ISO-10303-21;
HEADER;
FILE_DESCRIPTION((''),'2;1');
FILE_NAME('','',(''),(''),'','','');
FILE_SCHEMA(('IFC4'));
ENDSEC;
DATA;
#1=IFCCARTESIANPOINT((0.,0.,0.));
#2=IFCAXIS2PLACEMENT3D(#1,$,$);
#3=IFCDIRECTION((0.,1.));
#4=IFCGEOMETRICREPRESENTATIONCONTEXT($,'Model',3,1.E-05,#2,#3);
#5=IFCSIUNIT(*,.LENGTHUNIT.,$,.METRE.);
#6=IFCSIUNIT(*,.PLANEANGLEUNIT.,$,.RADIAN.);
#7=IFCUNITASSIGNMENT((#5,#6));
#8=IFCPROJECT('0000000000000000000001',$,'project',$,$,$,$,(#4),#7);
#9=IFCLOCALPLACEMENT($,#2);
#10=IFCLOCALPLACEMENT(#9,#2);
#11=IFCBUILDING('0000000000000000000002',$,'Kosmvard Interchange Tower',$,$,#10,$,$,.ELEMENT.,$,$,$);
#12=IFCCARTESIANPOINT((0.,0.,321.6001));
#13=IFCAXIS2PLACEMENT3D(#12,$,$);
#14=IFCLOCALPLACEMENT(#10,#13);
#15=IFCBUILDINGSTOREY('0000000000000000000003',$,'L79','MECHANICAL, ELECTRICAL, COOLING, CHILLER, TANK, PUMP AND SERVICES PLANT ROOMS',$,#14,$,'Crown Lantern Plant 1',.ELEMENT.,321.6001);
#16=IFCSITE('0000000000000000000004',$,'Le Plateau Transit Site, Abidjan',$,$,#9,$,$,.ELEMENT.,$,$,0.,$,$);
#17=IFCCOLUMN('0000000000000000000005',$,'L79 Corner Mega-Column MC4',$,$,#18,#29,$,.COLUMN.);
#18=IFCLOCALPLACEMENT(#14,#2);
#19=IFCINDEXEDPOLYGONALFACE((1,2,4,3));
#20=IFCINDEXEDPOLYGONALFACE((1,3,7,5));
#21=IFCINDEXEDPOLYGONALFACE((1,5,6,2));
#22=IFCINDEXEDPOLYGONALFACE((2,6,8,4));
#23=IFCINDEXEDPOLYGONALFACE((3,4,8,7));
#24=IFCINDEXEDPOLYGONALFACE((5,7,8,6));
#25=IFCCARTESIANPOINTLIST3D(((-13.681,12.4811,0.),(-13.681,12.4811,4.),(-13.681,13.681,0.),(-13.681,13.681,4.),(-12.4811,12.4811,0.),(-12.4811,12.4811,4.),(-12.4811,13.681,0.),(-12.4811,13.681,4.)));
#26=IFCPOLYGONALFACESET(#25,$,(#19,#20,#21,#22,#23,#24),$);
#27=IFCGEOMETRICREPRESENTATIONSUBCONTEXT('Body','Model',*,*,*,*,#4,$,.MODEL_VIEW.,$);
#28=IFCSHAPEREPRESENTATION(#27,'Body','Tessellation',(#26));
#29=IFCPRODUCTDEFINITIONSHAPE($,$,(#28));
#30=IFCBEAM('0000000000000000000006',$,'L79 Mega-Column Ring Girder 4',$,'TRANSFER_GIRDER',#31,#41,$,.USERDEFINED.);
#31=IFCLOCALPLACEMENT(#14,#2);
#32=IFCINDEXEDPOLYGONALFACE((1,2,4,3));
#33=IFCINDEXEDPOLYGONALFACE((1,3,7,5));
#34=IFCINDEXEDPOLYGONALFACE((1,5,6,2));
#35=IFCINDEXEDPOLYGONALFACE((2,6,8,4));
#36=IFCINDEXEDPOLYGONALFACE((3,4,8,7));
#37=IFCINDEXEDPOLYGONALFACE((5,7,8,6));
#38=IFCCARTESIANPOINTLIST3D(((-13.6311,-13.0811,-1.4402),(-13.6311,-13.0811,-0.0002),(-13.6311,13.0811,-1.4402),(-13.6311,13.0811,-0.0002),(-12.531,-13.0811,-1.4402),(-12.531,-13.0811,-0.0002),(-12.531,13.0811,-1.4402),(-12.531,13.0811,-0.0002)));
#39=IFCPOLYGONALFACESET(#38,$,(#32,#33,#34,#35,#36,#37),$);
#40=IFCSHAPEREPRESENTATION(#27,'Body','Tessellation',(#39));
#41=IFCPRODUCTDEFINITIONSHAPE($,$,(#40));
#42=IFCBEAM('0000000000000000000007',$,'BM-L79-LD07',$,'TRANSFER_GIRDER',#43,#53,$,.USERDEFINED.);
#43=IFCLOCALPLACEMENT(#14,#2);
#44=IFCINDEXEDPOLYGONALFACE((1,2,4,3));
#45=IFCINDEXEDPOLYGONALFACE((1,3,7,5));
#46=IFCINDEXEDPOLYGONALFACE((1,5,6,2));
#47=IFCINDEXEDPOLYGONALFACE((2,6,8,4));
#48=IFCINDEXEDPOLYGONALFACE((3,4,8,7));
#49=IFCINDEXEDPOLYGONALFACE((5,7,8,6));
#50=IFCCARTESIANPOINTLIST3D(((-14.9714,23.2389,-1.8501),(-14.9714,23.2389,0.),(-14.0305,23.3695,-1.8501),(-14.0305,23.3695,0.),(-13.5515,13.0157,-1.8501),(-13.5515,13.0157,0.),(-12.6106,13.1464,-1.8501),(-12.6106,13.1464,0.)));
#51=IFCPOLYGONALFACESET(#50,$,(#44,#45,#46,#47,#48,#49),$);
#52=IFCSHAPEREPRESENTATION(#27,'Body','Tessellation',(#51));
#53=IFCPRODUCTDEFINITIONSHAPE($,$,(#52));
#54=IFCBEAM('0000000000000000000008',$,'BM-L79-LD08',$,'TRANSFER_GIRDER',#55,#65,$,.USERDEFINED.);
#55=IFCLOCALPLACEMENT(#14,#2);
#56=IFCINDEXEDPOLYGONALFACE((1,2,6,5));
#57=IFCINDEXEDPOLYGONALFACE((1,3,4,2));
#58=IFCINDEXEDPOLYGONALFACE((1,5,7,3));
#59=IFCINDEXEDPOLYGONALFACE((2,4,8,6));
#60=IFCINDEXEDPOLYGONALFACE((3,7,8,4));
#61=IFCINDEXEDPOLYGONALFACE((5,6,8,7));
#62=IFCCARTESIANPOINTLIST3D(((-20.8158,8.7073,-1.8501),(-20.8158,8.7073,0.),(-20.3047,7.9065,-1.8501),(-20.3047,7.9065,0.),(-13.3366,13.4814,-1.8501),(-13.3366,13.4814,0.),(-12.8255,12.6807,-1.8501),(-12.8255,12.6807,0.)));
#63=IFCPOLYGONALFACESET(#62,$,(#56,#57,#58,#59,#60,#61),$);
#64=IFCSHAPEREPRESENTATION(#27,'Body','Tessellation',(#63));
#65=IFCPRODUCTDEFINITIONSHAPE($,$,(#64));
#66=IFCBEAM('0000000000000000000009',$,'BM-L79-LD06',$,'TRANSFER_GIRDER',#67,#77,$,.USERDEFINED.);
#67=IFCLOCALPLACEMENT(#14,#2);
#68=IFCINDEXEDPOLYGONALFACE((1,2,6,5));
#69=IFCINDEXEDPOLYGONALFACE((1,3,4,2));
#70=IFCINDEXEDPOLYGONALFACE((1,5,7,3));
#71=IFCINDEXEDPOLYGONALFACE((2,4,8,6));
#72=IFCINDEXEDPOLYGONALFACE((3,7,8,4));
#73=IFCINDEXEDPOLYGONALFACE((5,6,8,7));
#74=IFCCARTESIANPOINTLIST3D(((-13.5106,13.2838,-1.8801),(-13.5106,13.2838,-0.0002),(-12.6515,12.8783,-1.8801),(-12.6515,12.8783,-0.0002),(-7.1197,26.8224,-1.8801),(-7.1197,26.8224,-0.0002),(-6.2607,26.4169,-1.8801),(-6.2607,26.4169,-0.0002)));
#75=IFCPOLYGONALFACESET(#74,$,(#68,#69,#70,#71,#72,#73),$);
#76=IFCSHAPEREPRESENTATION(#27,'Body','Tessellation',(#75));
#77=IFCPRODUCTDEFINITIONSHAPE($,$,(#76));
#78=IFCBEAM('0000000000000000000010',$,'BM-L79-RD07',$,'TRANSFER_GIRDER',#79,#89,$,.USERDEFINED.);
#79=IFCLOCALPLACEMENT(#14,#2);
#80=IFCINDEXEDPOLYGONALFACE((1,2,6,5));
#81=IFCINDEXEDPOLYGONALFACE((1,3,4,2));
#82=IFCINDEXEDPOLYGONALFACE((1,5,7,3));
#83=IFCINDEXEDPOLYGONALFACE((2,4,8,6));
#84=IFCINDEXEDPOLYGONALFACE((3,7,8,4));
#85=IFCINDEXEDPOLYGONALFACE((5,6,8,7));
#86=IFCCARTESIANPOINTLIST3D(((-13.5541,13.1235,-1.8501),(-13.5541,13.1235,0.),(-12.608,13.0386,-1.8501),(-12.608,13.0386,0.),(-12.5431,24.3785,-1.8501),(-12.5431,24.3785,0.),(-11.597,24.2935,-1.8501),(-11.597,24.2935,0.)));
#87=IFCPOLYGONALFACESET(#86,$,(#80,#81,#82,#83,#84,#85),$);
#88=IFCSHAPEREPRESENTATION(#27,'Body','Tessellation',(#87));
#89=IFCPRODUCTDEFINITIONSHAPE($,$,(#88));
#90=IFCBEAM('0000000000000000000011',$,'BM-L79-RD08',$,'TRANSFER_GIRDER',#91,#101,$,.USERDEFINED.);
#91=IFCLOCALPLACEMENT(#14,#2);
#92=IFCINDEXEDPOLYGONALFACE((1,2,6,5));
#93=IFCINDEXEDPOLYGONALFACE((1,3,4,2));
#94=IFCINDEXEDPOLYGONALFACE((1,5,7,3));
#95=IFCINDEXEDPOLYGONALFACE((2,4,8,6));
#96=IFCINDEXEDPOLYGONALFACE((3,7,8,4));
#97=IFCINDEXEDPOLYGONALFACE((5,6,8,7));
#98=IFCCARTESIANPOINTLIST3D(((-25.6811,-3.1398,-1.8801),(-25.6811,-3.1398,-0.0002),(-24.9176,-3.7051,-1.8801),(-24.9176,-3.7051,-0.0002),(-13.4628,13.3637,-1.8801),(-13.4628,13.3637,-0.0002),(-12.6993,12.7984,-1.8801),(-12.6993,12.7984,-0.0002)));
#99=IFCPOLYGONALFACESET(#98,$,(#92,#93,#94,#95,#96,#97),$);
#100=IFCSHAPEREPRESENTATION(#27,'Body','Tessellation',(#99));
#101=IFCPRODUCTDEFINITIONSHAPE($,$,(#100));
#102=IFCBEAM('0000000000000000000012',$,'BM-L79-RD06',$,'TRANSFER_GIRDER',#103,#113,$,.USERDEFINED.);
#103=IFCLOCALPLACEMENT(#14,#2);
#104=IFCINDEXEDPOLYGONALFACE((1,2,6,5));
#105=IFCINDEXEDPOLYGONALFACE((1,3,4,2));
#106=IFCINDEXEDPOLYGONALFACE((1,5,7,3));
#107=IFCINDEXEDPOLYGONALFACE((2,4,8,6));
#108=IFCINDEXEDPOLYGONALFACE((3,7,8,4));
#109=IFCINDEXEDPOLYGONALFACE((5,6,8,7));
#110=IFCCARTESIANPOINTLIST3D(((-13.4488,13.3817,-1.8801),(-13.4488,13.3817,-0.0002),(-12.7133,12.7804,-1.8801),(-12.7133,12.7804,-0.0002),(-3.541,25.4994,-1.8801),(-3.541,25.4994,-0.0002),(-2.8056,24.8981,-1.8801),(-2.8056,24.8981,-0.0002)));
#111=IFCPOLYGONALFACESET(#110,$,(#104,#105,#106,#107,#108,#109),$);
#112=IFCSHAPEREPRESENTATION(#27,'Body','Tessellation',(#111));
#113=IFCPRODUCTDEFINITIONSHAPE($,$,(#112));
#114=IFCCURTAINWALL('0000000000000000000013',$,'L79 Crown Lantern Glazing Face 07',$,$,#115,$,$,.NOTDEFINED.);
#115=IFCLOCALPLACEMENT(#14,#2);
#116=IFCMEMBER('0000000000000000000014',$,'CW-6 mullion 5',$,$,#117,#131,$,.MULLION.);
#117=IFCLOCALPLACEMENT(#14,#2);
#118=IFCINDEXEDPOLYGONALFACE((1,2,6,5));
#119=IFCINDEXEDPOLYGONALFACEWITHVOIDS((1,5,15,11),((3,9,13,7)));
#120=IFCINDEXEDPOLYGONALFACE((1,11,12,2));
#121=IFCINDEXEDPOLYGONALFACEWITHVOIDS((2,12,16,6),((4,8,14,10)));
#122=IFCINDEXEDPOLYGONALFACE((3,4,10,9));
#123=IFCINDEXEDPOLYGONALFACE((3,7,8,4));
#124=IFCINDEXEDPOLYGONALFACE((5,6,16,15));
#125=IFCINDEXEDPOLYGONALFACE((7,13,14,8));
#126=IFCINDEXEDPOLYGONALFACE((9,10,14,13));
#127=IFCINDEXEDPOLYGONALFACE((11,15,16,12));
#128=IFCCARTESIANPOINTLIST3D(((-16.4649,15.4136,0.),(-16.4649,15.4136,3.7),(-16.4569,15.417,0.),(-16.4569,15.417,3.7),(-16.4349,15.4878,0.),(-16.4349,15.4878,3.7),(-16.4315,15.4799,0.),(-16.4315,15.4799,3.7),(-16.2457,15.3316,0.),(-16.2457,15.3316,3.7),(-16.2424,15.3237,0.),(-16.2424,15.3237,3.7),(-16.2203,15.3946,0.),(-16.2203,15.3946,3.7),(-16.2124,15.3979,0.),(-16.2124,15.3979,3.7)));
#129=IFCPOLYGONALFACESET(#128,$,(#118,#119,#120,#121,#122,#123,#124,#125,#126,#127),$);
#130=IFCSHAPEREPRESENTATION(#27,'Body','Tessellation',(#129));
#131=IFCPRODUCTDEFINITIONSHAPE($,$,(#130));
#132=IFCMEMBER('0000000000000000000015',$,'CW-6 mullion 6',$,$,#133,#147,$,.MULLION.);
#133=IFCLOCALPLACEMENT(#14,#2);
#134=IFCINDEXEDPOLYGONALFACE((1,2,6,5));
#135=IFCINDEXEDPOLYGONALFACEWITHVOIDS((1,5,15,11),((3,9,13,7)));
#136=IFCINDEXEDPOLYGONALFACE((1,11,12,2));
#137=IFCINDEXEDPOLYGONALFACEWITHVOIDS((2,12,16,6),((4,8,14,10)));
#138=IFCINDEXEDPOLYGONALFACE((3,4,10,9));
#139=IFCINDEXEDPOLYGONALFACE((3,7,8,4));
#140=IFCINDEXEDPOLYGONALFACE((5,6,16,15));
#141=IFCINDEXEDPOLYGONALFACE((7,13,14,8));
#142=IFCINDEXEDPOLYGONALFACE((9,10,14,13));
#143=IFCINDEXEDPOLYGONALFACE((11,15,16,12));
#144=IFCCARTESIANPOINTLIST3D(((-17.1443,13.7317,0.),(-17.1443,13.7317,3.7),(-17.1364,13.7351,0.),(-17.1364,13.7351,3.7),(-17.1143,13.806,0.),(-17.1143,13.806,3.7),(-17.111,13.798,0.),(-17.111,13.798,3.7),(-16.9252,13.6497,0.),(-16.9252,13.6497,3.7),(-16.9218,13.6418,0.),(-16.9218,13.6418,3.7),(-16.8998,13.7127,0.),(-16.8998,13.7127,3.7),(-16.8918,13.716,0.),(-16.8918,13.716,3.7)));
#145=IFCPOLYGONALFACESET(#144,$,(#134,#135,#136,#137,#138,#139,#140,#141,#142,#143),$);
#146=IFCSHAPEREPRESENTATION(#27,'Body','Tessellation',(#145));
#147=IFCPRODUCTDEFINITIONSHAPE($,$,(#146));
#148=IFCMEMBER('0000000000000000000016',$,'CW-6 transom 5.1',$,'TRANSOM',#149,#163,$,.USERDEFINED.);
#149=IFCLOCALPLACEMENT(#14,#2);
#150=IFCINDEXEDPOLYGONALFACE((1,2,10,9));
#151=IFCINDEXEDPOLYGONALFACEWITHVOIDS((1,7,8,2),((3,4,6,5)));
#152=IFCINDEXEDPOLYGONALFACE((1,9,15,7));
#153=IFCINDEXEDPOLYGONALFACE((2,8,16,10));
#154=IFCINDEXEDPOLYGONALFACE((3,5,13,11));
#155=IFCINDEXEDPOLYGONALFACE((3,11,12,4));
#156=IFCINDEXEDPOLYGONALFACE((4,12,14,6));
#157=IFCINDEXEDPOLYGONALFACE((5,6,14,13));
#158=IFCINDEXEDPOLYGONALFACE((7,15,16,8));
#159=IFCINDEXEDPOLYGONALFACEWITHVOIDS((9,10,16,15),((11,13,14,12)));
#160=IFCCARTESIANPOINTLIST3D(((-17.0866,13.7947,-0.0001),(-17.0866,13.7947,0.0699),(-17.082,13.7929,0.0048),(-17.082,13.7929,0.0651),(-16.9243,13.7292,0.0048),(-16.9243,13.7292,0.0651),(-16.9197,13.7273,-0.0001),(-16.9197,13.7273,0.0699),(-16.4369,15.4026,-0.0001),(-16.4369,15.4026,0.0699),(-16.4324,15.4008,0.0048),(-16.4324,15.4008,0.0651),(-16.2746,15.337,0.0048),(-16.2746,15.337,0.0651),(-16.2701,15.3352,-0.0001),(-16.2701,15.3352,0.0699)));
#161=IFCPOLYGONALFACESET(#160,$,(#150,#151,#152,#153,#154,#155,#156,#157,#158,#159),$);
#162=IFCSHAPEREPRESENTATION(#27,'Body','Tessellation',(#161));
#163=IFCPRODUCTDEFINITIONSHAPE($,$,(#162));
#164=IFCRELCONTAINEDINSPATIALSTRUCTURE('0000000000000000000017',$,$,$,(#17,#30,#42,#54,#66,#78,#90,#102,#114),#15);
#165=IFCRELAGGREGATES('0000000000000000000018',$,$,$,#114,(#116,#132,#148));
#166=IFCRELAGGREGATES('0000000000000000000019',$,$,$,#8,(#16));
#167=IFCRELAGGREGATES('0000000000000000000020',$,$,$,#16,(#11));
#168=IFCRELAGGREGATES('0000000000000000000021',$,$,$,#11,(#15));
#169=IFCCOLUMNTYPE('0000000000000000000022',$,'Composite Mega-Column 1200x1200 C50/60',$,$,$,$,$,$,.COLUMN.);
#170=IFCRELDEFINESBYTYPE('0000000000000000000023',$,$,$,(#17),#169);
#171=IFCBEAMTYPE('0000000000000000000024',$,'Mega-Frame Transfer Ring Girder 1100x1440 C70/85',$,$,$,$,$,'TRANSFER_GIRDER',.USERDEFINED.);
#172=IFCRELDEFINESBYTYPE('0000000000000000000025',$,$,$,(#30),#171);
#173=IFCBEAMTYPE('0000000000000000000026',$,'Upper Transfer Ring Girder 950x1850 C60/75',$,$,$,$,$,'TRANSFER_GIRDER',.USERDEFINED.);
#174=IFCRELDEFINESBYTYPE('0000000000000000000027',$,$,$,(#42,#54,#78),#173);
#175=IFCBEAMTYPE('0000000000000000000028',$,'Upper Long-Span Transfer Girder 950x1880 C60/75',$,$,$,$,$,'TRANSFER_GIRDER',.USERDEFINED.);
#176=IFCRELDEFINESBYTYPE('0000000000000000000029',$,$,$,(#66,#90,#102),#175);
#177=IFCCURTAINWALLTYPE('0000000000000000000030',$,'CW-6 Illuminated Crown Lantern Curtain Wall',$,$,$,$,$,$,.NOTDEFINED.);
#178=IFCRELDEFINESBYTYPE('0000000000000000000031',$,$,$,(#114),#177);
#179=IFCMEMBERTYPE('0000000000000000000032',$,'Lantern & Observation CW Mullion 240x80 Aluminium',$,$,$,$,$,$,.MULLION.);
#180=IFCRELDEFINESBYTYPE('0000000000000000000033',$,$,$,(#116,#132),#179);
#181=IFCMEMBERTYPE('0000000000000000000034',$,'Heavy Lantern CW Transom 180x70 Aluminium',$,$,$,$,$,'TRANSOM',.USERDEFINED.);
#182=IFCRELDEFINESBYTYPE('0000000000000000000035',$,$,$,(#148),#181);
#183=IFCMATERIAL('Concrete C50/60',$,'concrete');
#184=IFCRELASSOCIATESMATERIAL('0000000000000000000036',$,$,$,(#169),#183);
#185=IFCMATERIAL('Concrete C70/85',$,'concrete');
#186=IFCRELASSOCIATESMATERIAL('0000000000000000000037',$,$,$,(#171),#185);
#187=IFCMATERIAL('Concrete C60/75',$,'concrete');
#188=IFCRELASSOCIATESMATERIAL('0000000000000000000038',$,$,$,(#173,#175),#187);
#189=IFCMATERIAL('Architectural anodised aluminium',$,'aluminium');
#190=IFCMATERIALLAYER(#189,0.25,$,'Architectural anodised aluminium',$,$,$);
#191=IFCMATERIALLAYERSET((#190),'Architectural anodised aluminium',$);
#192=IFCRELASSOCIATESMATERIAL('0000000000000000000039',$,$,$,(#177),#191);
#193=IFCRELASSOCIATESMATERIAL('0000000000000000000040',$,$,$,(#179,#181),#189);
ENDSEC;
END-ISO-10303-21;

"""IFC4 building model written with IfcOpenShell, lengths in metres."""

from ifc_helpers import new_model, si_unit, direction, frame, origin, origin_2d, place, context, subcontext, project, spatial, rectangle, hollow_rectangle, extrude, source, transform, mapped, material, layer, layer_set, material_profile, profile_set, type_object, element, aggregate, save


model = new_model("IFC4")

# Units and contexts
model_context = context("Model", 3, precision=1e-05, world=origin(), true_north=direction((0.0, 1.0)))
body_context = subcontext(model_context, "Body", "Model", "MODEL_VIEW")
ifc_project = project(units=[si_unit("LENGTHUNIT", "METRE"), si_unit("PLANEANGLEUNIT", "RADIAN")], contexts=[model_context])

# Site, building, storey
site_placement = place(None, origin())
site = spatial("IfcSite", under=ifc_project, at=site_placement, Name="Le Plateau Transit Site, Abidjan", CompositionType="ELEMENT", RefElevation=0.0)
building_placement = place(site_placement, origin())
building = spatial("IfcBuilding", under=site, at=building_placement, Name="Kosmvard Interchange Tower", CompositionType="ELEMENT")
storey_placement = place(building_placement, frame((0.0, 0.0, 321.6001)))
storey = spatial("IfcBuildingStorey", under=building, at=storey_placement, Name="L79", Description="MECHANICAL, ELECTRICAL, COOLING, CHILLER, TANK, PUMP AND SERVICES PLANT ROOMS", LongName="Crown Lantern Plant 1", CompositionType="ELEMENT", Elevation=321.6001)

# Column
ifc_material_1 = material(Name="Concrete C50/60", Category="concrete")
ifc_material_profile_1 = material_profile(ifc_material_1, rectangle(XDim=1.2, YDim=1.2, at=origin_2d()), Name="MC 1200x1200")
ifc_profile_set_1 = profile_set([ifc_material_profile_1], Name="Concrete C50/60")
column_type = type_object("IfcColumnType", Name="Composite Mega-Column 1200x1200 C50/60", PredefinedType="COLUMN", material=ifc_profile_set_1)
shared_shape_1 = source(origin(), body_context, "Body", "SweptSolid", [
    extrude(rectangle(XDim=1.2, YDim=1.2, at=origin_2d()), origin(), (0.0, 0.0, 1.0), 4.0),
])
column_placement = place(storey_placement, frame((-13.0811, 13.0811, 0.0), z_axis=(0.0, 0.0, 1.0), x_axis=(1.0, 0.0, 0.0)))
element("IfcColumn", 1, at=column_placement, inside=storey, type_object=column_type, Name="L79 Corner Mega-Column MC4", PredefinedType="COLUMN", context=body_context, shape_type="MappedRepresentation", body=[
    mapped(shared_shape_1, transform((0.0, 0.0, 0.0), scale=1.0)),
])

# Beams
ifc_material_2 = material(Name="Concrete C70/85", Category="concrete")
ifc_material_profile_2 = material_profile(ifc_material_2, rectangle(XDim=1.1001, YDim=1.4399, at=origin_2d()), Name="TG 1100x1440")
ifc_profile_set_2 = profile_set([ifc_material_profile_2], Name="Concrete C70/85")
beam_type_1 = type_object("IfcBeamType", Name="Mega-Frame Transfer Ring Girder 1100x1440 C70/85", ElementType="TRANSFER_GIRDER", PredefinedType="USERDEFINED", material=ifc_profile_set_2)
shared_shape_2 = source(origin(), body_context, "Body", "SweptSolid", [
    extrude(rectangle(XDim=1.1001, YDim=1.4399, at=origin_2d()), origin(), (0.0, 0.0, 1.0), 26.1621),
])
beam_1_placement = place(storey_placement, frame((-13.0811, 13.0811, -0.7202), z_axis=(0.0, -1.0, 0.0), x_axis=(1.0, 0.0, 0.0)))
element("IfcBeam", 2, at=beam_1_placement, inside=storey, type_object=beam_type_1, Name="L79 Mega-Column Ring Girder 4", ObjectType="TRANSFER_GIRDER", PredefinedType="USERDEFINED", context=body_context, shape_type="MappedRepresentation", body=[
    mapped(shared_shape_2, transform((0.0, 0.0, 0.0), scale=1.0)),
])
ifc_material_3 = material(Name="Concrete C60/75", Category="concrete")
ifc_material_profile_3 = material_profile(ifc_material_3, rectangle(XDim=0.95, YDim=1.8501, at=origin_2d()), Name="TG 950x1850")
ifc_profile_set_3 = profile_set([ifc_material_profile_3], Name="Concrete C60/75")
beam_type_2 = type_object("IfcBeamType", Name="Upper Transfer Ring Girder 950x1850 C60/75", ElementType="TRANSFER_GIRDER", PredefinedType="USERDEFINED", material=ifc_profile_set_3)
shared_shape_3 = source(origin(), body_context, "Body", "SweptSolid", [
    extrude(rectangle(XDim=0.95, YDim=1.8501, at=origin_2d()), origin(), (0.0, 0.0, 1.0), 10.3213),
])
beam_2_placement = place(storey_placement, frame((-13.0811, 13.0811, -0.925), z_axis=(-0.137572, 0.990492, 0.0), x_axis=(-0.990492, -0.137572, 0.0)))
element("IfcBeam", 3, at=beam_2_placement, inside=storey, type_object=beam_type_2, Name="BM-L79-LD07", ObjectType="TRANSFER_GIRDER", PredefinedType="USERDEFINED", context=body_context, shape_type="MappedRepresentation", body=[
    mapped(shared_shape_3, transform((0.0, 0.0, 0.0), scale=1.0)),
])
shared_shape_4 = source(origin(), body_context, "Body", "SweptSolid", [
    extrude(rectangle(XDim=0.95, YDim=1.8501, at=origin_2d()), origin(), (0.0, 0.0, 1.0), 8.873),
])
beam_3_placement = place(storey_placement, frame((-13.0811, 13.0811, -0.925), z_axis=(-0.842913, -0.53805, 0.0), x_axis=(0.53805, -0.842913, 0.0)))
element("IfcBeam", 4, at=beam_3_placement, inside=storey, type_object=beam_type_2, Name="BM-L79-LD08", ObjectType="TRANSFER_GIRDER", PredefinedType="USERDEFINED", context=body_context, shape_type="MappedRepresentation", body=[
    mapped(shared_shape_4, transform((0.0, 0.0, 0.0), scale=1.0)),
])
ifc_material_profile_4 = material_profile(ifc_material_3, rectangle(XDim=0.95, YDim=1.8799, at=origin_2d()), Name="TG 950x1880")
ifc_profile_set_4 = profile_set([ifc_material_profile_4], Name="Concrete C60/75")
beam_type_3 = type_object("IfcBeamType", Name="Upper Long-Span Transfer Girder 950x1880 C60/75", ElementType="TRANSFER_GIRDER", PredefinedType="USERDEFINED", material=ifc_profile_set_4)
shared_shape_5 = source(origin(), body_context, "Body", "SweptSolid", [
    extrude(rectangle(XDim=0.95, YDim=1.8799, at=origin_2d()), origin(), (0.0, 0.0, 1.0), 14.9712),
])
beam_4_placement = place(storey_placement, frame((-13.0811, 13.0811, -0.9402), z_axis=(0.426878, 0.904309, 0.0), x_axis=(-0.904309, 0.426878, 0.0)))
element("IfcBeam", 5, at=beam_4_placement, inside=storey, type_object=beam_type_3, Name="BM-L79-LD06", ObjectType="TRANSFER_GIRDER", PredefinedType="USERDEFINED", context=body_context, shape_type="MappedRepresentation", body=[
    mapped(shared_shape_5, transform((0.0, 0.0, 0.0), scale=1.0)),
])
shared_shape_6 = source(origin(), body_context, "Body", "SweptSolid", [
    extrude(rectangle(XDim=0.95, YDim=1.8501, at=origin_2d()), origin(), (0.0, 0.0, 1.0), 11.3003),
])
beam_5_placement = place(storey_placement, frame((-13.0811, 13.0811, -0.925), z_axis=(0.089466, 0.99599, 0.0), x_axis=(-0.99599, 0.089466, 0.0)))
element("IfcBeam", 6, at=beam_5_placement, inside=storey, type_object=beam_type_2, Name="BM-L79-RD07", ObjectType="TRANSFER_GIRDER", PredefinedType="USERDEFINED", context=body_context, shape_type="MappedRepresentation", body=[
    mapped(shared_shape_6, transform((0.0, 0.0, 0.0), scale=1.0)),
])
shared_shape_7 = source(origin(), body_context, "Body", "SweptSolid", [
    extrude(rectangle(XDim=0.95, YDim=1.8799, at=origin_2d()), origin(), (0.0, 0.0, 1.0), 20.5342),
])
beam_6_placement = place(storey_placement, frame((-13.0811, 13.0811, -0.9402), z_axis=(-0.595023, -0.803708, 0.0), x_axis=(0.803708, -0.595023, 0.0)))
element("IfcBeam", 7, at=beam_6_placement, inside=storey, type_object=beam_type_3, Name="BM-L79-RD08", ObjectType="TRANSFER_GIRDER", PredefinedType="USERDEFINED", context=body_context, shape_type="MappedRepresentation", body=[
    mapped(shared_shape_7, transform((0.0, 0.0, 0.0), scale=1.0)),
])
shared_shape_8 = source(origin(), body_context, "Body", "SweptSolid", [
    extrude(rectangle(XDim=0.95, YDim=1.8799, at=origin_2d()), origin(), (0.0, 0.0, 1.0), 15.6526),
])
beam_7_placement = place(storey_placement, frame((-13.0811, 13.0811, -0.9402), z_axis=(0.63298, 0.774169, 0.0), x_axis=(-0.774169, 0.63298, 0.0)))
element("IfcBeam", 8, at=beam_7_placement, inside=storey, type_object=beam_type_3, Name="BM-L79-RD06", ObjectType="TRANSFER_GIRDER", PredefinedType="USERDEFINED", context=body_context, shape_type="MappedRepresentation", body=[
    mapped(shared_shape_8, transform((0.0, 0.0, 0.0), scale=1.0)),
])

# Curtain wall, members
ifc_material_4 = material(Name="Architectural anodised aluminium", Category="aluminium")
ifc_layer_1 = layer(ifc_material_4, 0.25, Name="Architectural anodised aluminium")
ifc_layer_set_1 = layer_set([ifc_layer_1], Name="Architectural anodised aluminium")
curtain_wall_type = type_object("IfcCurtainWallType", Name="CW-6 Illuminated Crown Lantern Curtain Wall", PredefinedType="NOTDEFINED", material=ifc_layer_set_1)
curtain_wall_placement = place(storey_placement, origin())
curtain_wall = element("IfcCurtainWall", 9, at=curtain_wall_placement, inside=storey, type_object=curtain_wall_type, Name="L79 Crown Lantern Glazing Face 07", PredefinedType="NOTDEFINED")
ifc_material_profile_5 = material_profile(ifc_material_4, hollow_rectangle(XDim=0.24, YDim=0.0801, WallThickness=0.0061, at=origin_2d()), Name="CWM 240x80x6")
ifc_profile_set_5 = profile_set([ifc_material_profile_5], Name="Architectural anodised aluminium")
member_type_1 = type_object("IfcMemberType", Name="Lantern & Observation CW Mullion 240x80 Aluminium", PredefinedType="MULLION", material=ifc_profile_set_5)
shared_shape_9 = source(origin(), body_context, "Body", "SweptSolid", [
    extrude(hollow_rectangle(XDim=0.24, YDim=0.0801, WallThickness=0.0061, at=origin_2d()), origin(), (0.0, 0.0, 1.0), 3.7),
])
member_1_placement = place(storey_placement, frame((-16.3386, 15.4058, 0.0), z_axis=(0.0, 0.0, 1.0), x_axis=(0.927184, -0.374607, 0.0)))
member_1 = element("IfcMember", 10, at=member_1_placement, type_object=member_type_1, Name="CW-6 mullion 5", PredefinedType="MULLION", context=body_context, shape_type="MappedRepresentation", body=[
    mapped(shared_shape_9, transform((0.0, 0.0, 0.0), scale=1.0)),
])
member_2_placement = place(storey_placement, frame((-17.0181, 13.7239, 0.0), z_axis=(0.0, 0.0, 1.0), x_axis=(0.927184, -0.374607, 0.0)))
member_2 = element("IfcMember", 11, at=member_2_placement, type_object=member_type_1, Name="CW-6 mullion 6", PredefinedType="MULLION", context=body_context, shape_type="MappedRepresentation", body=[
    mapped(shared_shape_9, transform((0.0, 0.0, 0.0), scale=1.0)),
])
ifc_material_profile_6 = material_profile(ifc_material_4, hollow_rectangle(XDim=0.1799, YDim=0.0701, WallThickness=0.0049, at=origin_2d()), Name="CWT 180x70x5")
ifc_profile_set_6 = profile_set([ifc_material_profile_6], Name="Architectural anodised aluminium")
member_type_2 = type_object("IfcMemberType", Name="Heavy Lantern CW Transom 180x70 Aluminium", ElementType="TRANSOM", PredefinedType="USERDEFINED", material=ifc_profile_set_6)
shared_shape_10 = source(origin(), body_context, "Body", "SweptSolid", [
    extrude(hollow_rectangle(XDim=0.1799, YDim=0.0701, WallThickness=0.0049, at=origin_2d()), origin(), (0.0, 0.0, 1.0), 1.7341),
])
member_3_placement = place(storey_placement, frame((-16.3535, 15.3689, 0.0349), z_axis=(-0.374617, -0.92718, 0.0), x_axis=(0.92718, -0.374617, 0.0)))
member_3 = element("IfcMember", 12, at=member_3_placement, type_object=member_type_2, Name="CW-6 transom 5.1", ObjectType="TRANSOM", PredefinedType="USERDEFINED", context=body_context, shape_type="MappedRepresentation", body=[
    mapped(shared_shape_10, transform((0.0, 0.0, 0.0), scale=1.0)),
])
aggregate(curtain_wall, [member_1, member_2, member_3])

save(model, "model.ifc")
